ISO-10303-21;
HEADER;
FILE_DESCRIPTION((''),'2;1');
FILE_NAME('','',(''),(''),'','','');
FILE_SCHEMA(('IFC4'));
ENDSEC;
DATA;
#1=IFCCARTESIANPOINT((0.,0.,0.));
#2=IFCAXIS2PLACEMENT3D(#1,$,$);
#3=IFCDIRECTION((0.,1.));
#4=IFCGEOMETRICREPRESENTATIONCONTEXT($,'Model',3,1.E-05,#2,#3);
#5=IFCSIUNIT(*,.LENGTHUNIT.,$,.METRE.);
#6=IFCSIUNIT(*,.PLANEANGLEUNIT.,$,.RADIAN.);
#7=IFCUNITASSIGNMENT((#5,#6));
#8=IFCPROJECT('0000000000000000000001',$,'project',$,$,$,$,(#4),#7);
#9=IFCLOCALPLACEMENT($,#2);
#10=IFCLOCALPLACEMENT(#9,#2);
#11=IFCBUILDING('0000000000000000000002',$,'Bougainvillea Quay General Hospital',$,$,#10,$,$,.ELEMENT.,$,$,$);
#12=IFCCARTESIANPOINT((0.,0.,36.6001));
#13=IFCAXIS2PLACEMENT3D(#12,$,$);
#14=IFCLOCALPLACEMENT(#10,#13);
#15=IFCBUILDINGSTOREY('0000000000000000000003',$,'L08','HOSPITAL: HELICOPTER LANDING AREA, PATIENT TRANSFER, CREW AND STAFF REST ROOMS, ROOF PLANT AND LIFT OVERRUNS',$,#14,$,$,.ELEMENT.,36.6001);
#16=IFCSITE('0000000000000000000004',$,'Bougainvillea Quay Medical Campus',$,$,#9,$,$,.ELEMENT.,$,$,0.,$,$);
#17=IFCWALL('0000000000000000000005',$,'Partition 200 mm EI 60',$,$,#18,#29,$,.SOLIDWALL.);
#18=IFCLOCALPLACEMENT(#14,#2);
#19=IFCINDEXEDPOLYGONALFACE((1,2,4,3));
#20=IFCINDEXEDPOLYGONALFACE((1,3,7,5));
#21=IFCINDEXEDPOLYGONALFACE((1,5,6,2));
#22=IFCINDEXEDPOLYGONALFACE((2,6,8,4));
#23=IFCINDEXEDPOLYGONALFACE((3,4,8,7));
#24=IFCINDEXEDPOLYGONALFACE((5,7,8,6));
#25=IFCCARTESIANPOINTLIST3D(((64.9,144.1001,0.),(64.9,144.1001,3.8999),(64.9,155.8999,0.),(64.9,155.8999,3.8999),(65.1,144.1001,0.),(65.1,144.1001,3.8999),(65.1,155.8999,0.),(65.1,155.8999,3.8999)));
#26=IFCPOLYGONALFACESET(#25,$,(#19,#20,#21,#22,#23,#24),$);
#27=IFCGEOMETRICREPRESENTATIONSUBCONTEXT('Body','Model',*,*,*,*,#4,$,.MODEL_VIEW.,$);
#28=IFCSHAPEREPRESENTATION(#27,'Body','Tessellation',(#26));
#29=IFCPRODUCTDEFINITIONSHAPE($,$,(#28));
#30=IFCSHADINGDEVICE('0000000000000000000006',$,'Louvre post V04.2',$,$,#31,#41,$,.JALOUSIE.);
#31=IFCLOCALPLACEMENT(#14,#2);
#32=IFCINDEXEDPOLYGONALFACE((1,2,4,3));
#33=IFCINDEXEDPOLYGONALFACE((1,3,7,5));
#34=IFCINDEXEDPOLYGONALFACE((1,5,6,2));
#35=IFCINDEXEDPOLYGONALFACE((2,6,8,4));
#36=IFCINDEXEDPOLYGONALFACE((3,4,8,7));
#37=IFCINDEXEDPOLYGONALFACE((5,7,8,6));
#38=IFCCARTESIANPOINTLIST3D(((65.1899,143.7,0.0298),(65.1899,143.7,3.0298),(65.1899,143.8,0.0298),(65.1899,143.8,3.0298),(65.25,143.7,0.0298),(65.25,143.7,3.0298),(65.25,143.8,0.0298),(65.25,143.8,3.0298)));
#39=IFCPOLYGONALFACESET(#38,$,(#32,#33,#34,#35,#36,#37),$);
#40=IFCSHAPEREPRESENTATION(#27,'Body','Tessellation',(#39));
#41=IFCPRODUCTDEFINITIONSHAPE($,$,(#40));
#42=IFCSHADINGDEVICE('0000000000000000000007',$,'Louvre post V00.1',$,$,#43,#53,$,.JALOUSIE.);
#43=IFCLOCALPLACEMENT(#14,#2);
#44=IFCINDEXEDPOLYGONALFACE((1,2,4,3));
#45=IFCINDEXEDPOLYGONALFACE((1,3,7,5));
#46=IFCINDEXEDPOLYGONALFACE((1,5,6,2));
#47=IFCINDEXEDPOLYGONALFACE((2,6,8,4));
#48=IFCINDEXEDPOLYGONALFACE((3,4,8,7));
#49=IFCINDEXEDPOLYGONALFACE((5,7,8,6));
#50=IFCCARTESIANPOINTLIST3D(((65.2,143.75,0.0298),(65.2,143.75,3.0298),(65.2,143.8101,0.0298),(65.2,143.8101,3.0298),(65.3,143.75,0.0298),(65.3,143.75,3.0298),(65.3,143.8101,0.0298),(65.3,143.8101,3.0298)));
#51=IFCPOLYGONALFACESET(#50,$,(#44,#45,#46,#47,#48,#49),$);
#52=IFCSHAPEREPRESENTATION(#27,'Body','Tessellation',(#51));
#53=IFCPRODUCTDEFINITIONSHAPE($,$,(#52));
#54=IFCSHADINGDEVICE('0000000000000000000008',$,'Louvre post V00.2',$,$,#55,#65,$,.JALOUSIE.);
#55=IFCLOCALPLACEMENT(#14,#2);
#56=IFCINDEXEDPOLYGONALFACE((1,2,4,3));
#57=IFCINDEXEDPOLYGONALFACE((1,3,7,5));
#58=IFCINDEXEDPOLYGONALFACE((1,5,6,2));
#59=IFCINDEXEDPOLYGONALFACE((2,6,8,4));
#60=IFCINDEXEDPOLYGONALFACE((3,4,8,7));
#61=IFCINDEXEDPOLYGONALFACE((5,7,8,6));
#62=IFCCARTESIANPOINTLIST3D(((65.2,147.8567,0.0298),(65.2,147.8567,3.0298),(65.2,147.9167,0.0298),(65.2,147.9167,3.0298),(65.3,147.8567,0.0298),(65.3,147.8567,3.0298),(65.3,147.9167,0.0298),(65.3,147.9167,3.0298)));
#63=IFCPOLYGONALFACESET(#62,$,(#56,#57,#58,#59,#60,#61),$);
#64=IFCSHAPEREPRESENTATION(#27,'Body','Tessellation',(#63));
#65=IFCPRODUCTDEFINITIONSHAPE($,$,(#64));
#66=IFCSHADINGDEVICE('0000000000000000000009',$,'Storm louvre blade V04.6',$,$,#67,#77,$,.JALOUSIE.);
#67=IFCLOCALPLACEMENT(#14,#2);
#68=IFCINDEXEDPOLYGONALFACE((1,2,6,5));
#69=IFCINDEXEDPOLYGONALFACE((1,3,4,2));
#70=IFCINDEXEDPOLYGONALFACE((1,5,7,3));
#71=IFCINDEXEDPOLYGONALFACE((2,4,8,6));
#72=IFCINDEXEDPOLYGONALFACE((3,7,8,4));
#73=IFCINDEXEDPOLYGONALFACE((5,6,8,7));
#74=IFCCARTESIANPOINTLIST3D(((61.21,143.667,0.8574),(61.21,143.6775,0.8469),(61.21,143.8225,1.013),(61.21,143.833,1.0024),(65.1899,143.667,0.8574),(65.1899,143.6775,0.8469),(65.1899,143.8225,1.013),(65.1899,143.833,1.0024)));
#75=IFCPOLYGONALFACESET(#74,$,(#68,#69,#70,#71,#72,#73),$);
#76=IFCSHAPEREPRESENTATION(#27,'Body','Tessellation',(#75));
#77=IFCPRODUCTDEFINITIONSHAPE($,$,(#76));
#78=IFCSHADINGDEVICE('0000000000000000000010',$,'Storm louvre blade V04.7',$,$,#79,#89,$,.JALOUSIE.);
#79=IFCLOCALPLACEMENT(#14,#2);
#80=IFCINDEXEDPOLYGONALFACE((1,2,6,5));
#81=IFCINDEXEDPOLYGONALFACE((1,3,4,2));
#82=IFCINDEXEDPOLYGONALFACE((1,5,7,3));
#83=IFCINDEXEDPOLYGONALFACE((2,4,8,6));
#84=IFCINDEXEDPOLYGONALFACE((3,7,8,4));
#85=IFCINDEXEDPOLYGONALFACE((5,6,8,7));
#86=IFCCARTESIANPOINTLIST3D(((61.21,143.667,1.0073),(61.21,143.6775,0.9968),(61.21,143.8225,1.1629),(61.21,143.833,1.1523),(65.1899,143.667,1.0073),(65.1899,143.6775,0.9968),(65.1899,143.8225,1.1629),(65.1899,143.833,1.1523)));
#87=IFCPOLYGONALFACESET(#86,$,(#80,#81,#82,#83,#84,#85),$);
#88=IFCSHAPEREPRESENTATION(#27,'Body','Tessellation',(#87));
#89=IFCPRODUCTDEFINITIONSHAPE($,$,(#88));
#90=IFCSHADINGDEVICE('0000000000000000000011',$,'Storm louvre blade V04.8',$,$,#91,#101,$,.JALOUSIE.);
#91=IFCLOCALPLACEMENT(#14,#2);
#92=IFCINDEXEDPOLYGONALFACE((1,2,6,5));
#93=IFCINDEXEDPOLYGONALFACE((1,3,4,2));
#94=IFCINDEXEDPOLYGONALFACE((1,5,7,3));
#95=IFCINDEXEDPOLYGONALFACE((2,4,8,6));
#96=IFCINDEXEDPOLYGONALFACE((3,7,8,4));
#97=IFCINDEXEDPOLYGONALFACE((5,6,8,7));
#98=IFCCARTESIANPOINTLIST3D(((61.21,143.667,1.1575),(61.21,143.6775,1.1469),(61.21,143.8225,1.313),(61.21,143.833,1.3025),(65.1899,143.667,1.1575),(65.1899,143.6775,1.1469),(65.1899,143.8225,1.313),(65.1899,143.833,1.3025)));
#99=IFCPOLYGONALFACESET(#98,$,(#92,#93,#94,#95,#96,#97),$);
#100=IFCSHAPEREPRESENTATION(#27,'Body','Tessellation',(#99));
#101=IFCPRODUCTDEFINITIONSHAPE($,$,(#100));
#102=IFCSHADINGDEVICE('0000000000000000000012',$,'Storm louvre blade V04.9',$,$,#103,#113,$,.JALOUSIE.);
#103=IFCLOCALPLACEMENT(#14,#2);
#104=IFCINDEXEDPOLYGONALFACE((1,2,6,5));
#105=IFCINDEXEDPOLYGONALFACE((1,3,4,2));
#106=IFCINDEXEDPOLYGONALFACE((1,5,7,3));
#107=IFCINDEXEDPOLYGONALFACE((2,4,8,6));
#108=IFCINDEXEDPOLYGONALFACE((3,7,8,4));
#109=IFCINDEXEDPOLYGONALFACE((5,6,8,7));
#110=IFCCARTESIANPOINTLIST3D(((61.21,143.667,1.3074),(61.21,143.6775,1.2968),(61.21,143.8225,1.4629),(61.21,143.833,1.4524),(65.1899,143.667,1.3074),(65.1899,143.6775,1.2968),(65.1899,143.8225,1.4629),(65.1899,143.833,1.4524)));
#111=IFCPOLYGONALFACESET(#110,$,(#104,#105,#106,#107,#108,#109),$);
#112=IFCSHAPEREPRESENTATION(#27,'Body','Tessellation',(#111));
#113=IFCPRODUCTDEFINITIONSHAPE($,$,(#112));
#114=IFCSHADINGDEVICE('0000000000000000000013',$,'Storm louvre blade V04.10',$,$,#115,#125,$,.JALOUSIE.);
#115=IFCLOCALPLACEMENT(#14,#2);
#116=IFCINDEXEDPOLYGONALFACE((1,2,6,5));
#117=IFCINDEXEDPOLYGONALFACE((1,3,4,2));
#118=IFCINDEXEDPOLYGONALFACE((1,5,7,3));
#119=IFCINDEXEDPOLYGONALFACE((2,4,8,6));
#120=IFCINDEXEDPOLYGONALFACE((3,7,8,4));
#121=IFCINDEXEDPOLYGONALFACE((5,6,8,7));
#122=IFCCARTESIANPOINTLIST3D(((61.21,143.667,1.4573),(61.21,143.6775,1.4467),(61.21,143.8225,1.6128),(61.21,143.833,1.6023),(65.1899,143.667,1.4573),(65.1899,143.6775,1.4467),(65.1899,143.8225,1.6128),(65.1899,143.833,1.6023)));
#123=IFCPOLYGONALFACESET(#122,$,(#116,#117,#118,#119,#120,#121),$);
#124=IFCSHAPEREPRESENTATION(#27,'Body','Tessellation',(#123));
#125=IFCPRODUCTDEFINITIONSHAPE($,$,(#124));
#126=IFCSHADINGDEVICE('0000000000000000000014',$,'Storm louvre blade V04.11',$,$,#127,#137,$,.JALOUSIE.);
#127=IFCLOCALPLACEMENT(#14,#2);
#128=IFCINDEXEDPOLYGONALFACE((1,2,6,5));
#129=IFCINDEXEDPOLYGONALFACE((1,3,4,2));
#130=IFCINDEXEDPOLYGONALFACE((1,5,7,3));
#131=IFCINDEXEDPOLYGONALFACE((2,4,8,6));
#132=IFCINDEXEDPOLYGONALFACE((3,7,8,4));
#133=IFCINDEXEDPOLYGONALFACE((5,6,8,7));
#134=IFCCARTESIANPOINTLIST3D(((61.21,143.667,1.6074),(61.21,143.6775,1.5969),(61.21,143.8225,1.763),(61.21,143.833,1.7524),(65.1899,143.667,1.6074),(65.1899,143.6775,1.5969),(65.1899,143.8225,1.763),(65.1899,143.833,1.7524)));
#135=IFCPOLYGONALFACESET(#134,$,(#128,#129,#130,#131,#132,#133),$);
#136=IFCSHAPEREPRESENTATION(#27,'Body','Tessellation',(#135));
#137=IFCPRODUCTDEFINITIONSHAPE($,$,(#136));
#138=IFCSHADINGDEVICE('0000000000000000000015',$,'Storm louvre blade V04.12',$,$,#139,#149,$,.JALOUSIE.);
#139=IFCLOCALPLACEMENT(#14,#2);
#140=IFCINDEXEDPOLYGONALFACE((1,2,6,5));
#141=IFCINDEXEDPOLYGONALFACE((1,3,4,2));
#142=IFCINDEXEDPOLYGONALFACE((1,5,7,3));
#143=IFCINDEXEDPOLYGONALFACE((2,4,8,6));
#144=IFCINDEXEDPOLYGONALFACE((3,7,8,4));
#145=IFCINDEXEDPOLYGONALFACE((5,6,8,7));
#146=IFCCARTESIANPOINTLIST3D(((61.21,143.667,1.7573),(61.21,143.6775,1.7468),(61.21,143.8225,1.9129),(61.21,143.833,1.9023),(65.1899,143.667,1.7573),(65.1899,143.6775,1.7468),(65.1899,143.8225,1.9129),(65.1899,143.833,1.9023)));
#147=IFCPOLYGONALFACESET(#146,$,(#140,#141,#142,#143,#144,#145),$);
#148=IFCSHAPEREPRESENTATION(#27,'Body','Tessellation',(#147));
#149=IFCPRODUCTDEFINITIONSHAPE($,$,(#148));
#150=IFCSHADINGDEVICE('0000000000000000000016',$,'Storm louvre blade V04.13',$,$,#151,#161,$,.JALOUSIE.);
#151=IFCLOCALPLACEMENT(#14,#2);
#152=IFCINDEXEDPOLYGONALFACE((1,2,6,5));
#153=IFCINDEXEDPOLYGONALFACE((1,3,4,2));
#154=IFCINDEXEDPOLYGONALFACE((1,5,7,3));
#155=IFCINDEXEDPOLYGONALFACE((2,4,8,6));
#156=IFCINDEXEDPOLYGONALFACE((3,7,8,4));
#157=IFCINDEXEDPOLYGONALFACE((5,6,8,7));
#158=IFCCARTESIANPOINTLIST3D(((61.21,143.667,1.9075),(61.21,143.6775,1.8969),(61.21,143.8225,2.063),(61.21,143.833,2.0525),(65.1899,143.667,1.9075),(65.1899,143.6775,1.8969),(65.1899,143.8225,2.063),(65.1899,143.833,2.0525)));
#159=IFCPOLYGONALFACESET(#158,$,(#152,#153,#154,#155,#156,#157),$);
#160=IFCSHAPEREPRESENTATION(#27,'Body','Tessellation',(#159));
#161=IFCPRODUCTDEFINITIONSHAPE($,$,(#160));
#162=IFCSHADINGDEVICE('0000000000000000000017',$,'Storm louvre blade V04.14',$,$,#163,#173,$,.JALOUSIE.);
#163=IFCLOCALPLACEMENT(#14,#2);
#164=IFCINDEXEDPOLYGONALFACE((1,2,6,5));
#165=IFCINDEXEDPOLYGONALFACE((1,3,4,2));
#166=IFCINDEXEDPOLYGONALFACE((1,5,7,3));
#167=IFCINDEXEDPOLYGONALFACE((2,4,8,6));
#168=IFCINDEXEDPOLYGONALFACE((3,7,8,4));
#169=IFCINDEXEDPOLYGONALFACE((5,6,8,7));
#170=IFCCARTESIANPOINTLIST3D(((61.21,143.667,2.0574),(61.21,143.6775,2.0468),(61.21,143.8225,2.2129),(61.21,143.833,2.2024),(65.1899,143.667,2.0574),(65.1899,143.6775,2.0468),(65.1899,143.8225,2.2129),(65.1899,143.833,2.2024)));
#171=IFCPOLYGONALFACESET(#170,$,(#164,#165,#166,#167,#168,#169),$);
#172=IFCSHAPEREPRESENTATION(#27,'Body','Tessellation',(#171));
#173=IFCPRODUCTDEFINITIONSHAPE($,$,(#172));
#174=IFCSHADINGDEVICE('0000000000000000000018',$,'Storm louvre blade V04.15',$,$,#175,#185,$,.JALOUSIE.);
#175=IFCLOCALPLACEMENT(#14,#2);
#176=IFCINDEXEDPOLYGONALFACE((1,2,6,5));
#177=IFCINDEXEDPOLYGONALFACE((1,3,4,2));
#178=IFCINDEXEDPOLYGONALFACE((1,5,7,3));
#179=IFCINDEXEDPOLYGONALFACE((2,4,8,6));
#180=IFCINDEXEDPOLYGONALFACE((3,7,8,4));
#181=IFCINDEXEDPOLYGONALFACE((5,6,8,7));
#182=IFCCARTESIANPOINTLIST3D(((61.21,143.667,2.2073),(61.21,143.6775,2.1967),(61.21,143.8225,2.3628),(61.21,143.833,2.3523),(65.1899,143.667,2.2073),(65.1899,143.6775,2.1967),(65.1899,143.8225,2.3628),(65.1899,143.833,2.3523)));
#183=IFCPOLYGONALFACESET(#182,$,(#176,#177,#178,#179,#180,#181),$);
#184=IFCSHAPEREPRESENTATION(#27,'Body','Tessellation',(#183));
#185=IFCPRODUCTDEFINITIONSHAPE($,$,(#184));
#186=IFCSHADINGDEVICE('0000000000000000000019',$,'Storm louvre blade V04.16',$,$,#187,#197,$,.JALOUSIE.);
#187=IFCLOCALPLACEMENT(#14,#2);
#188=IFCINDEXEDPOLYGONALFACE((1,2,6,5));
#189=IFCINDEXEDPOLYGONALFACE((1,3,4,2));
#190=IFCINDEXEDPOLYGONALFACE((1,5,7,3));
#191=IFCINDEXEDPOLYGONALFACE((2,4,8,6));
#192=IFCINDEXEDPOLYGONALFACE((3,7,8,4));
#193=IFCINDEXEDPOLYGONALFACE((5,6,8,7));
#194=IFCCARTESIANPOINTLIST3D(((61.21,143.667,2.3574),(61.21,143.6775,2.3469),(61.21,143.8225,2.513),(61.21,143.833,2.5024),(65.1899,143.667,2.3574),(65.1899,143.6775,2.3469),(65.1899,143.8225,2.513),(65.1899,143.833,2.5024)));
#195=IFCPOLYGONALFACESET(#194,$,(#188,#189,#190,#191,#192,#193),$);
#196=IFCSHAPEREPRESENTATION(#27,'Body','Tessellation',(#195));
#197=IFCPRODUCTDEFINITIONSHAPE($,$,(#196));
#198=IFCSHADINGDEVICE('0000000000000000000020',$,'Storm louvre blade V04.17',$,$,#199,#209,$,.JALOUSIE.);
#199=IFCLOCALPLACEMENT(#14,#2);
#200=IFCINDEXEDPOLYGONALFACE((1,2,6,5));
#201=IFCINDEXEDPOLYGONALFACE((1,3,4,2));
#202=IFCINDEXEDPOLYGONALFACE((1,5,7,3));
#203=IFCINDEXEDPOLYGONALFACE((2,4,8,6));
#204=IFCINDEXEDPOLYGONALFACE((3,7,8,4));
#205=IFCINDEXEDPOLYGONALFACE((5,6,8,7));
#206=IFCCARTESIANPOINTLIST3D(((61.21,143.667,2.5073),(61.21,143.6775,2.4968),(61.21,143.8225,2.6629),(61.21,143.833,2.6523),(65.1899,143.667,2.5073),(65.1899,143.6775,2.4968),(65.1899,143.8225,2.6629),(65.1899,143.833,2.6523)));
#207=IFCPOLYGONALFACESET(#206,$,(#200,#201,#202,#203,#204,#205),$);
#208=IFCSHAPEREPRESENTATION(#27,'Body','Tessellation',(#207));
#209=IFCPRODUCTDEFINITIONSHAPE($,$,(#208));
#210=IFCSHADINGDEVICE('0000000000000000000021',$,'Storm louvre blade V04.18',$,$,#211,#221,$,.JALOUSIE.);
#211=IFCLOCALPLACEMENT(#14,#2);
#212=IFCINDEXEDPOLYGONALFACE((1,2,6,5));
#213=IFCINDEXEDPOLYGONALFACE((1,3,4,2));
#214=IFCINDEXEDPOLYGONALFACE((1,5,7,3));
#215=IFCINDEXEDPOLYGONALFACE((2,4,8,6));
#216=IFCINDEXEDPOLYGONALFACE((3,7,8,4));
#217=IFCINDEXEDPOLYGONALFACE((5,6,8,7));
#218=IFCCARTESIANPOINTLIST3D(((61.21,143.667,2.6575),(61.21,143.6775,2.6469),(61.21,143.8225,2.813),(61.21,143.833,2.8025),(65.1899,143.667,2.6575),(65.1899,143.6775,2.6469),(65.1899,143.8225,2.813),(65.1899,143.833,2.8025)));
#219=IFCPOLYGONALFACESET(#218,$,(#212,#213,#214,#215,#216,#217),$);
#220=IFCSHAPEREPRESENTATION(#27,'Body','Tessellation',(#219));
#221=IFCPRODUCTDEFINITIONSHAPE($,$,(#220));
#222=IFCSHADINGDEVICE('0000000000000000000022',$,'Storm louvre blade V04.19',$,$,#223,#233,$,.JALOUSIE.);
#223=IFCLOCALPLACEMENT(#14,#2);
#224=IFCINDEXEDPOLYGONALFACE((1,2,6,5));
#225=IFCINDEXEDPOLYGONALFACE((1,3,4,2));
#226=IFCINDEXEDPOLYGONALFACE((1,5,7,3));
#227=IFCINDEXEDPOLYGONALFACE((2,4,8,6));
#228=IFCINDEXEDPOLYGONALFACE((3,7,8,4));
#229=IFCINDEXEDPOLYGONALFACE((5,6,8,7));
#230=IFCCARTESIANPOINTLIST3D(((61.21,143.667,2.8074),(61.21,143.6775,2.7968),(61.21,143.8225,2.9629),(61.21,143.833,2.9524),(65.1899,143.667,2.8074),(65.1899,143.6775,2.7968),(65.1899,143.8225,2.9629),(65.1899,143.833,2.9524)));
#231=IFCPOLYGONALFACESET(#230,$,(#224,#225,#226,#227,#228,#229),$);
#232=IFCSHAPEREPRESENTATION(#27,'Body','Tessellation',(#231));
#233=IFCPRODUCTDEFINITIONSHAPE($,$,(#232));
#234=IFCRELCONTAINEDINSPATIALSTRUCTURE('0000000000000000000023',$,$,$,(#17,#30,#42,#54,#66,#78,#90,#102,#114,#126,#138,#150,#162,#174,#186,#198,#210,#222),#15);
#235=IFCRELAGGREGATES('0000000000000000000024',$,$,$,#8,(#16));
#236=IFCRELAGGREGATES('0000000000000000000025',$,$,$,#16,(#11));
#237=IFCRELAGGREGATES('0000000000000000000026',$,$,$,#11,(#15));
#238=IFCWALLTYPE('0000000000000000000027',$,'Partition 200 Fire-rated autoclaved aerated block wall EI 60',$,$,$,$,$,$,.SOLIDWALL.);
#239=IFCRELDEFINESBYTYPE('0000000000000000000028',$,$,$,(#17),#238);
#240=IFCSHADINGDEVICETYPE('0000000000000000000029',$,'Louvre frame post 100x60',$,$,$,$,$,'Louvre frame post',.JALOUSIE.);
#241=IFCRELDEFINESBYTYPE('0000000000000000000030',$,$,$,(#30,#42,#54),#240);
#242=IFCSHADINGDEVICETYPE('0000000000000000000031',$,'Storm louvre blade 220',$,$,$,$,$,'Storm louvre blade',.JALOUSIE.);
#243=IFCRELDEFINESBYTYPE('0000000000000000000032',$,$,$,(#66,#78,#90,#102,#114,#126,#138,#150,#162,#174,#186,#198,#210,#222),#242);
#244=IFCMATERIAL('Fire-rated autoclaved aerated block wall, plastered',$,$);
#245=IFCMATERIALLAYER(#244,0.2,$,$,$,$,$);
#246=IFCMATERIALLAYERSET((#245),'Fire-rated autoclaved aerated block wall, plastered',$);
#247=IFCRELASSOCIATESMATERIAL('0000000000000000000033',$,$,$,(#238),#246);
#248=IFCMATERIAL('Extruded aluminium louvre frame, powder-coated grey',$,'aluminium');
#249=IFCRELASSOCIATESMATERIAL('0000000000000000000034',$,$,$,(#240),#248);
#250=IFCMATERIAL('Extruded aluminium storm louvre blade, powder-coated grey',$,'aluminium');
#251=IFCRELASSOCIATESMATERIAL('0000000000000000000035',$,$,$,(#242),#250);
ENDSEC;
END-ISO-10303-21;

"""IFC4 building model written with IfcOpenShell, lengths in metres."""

from ifc_helpers import new_model, si_unit, direction, frame, frame_2d, origin, origin_2d, place, context, subcontext, project, spatial, rectangle, extrude, material, layer, layer_set, material_profile, profile_set, type_object, element, save


model = new_model("IFC4")

# Units and contexts
model_context = context("Model", 3, precision=1e-05, world=origin(), true_north=direction((0.0, 1.0)))
body_context = subcontext(model_context, "Body", "Model", "MODEL_VIEW")
ifc_project = project(units=[si_unit("LENGTHUNIT", "METRE"), si_unit("PLANEANGLEUNIT", "RADIAN")], contexts=[model_context])

# Site, building, storey
site_placement = place(None, origin())
site = spatial("IfcSite", under=ifc_project, at=site_placement, Name="Bougainvillea Quay Medical Campus", CompositionType="ELEMENT", RefElevation=0.0)
building_placement = place(site_placement, origin())
building = spatial("IfcBuilding", under=site, at=building_placement, Name="Bougainvillea Quay General Hospital", CompositionType="ELEMENT")
storey_placement = place(building_placement, frame((0.0, 0.0, 36.6001)))
storey = spatial("IfcBuildingStorey", under=building, at=storey_placement, Name="L08", Description="HOSPITAL: HELICOPTER LANDING AREA, PATIENT TRANSFER, CREW AND STAFF REST ROOMS, ROOF PLANT AND LIFT OVERRUNS", CompositionType="ELEMENT", Elevation=36.6001)

# Wall
ifc_material_1 = material(Name="Fire-rated autoclaved aerated block wall, plastered")
ifc_layer = layer(ifc_material_1, 0.2)
ifc_layer_set = layer_set([ifc_layer], Name="Fire-rated autoclaved aerated block wall, plastered")
wall_type = type_object("IfcWallType", Name="Partition 200 Fire-rated autoclaved aerated block wall EI 60", PredefinedType="SOLIDWALL", material=ifc_layer_set)
wall_placement = place(storey_placement, frame((65.0, 144.1001, 0.0), z_axis=(0.0, 0.0, 1.0), x_axis=(0.0, 1.0, 0.0)))
element("IfcWall", 1, at=wall_placement, inside=storey, type_object=wall_type, Name="Partition 200 mm EI 60", PredefinedType="SOLIDWALL", context=body_context, shape_type="SweptSolid", body=[
    extrude(rectangle(XDim=11.7998, YDim=0.2, at=frame_2d((5.8999, 0.0))), origin(), (0.0, 0.0, 1.0), 3.8999),
])

# Shading devices
ifc_material_2 = material(Name="Extruded aluminium louvre frame, powder-coated grey", Category="aluminium")
ifc_material_profile_1 = material_profile(ifc_material_2, rectangle(XDim=0.1001, YDim=0.0601, at=origin_2d()))
ifc_profile_set_1 = profile_set([ifc_material_profile_1], Name="Extruded aluminium louvre frame, powder-coated grey")
shading_device_type_1 = type_object("IfcShadingDeviceType", Name="Louvre frame post 100x60", ElementType="Louvre frame post", PredefinedType="JALOUSIE", material=ifc_profile_set_1)
for number, where, z_axis, x_axis, name in (
    (2, (65.22, 143.75, 0.0298), (0.0, 0.0, 1.0), (0.0, 1.0, 0.0), "Louvre post V04.2"),
    (3, (65.25, 143.78, 0.0298), (0.0, 0.0, 1.0), (-1.0, 0.0, 0.0), "Louvre post V00.1"),
    (4, (65.25, 147.8867, 0.0298), (0.0, 0.0, 1.0), (-1.0, 0.0, 0.0), "Louvre post V00.2"),
):
    element("IfcShadingDevice", number, at=place(storey_placement, frame(where, z_axis=z_axis, x_axis=x_axis)), inside=storey, type_object=shading_device_type_1, Name=name, PredefinedType="JALOUSIE", context=body_context, shape_type="SweptSolid", body=[
        extrude(rectangle(XDim=0.1001, YDim=0.0601, at=origin_2d()), origin(), (0.0, 0.0, 1.0), 3.0),
    ])
ifc_material_3 = material(Name="Extruded aluminium storm louvre blade, powder-coated grey", Category="aluminium")
ifc_material_profile_2 = material_profile(ifc_material_3, rectangle(XDim=0.22, YDim=0.0149, at=origin_2d()))
ifc_profile_set_2 = profile_set([ifc_material_profile_2], Name="Extruded aluminium storm louvre blade, powder-coated grey")
shading_device_type_2 = type_object("IfcShadingDeviceType", Name="Storm louvre blade 220", ElementType="Storm louvre blade", PredefinedType="JALOUSIE", material=ifc_profile_set_2)
for number, where, z_axis, x_axis, name in (
    (5, (61.21, 143.75, 0.9299), (1.0, 0.0, 0.0), (0.0, 0.707107, 0.707107), "Storm louvre blade V04.6"),
    (6, (61.21, 143.75, 1.0798), (1.0, 0.0, 0.0), (0.0, 0.707107, 0.707107), "Storm louvre blade V04.7"),
    (7, (61.21, 143.75, 1.23), (1.0, 0.0, 0.0), (0.0, 0.707107, 0.707107), "Storm louvre blade V04.8"),
    (8, (61.21, 143.75, 1.3799), (1.0, 0.0, 0.0), (0.0, 0.707107, 0.707107), "Storm louvre blade V04.9"),
    (9, (61.21, 143.75, 1.5298), (1.0, 0.0, 0.0), (0.0, 0.707107, 0.707107), "Storm louvre blade V04.10"),
    (10, (61.21, 143.75, 1.6799), (1.0, 0.0, 0.0), (0.0, 0.707107, 0.707107), "Storm louvre blade V04.11"),
    (11, (61.21, 143.75, 1.8298), (1.0, 0.0, 0.0), (0.0, 0.707107, 0.707107), "Storm louvre blade V04.12"),
    (12, (61.21, 143.75, 1.98), (1.0, 0.0, 0.0), (0.0, 0.707107, 0.707107), "Storm louvre blade V04.13"),
    (13, (61.21, 143.75, 2.1299), (1.0, 0.0, 0.0), (0.0, 0.707107, 0.707107), "Storm louvre blade V04.14"),
    (14, (61.21, 143.75, 2.2798), (1.0, 0.0, 0.0), (0.0, 0.707107, 0.707107), "Storm louvre blade V04.15"),
    (15, (61.21, 143.75, 2.4299), (1.0, 0.0, 0.0), (0.0, 0.707107, 0.707107), "Storm louvre blade V04.16"),
    (16, (61.21, 143.75, 2.5798), (1.0, 0.0, 0.0), (0.0, 0.707107, 0.707107), "Storm louvre blade V04.17"),
    (17, (61.21, 143.75, 2.73), (1.0, 0.0, 0.0), (0.0, 0.707107, 0.707107), "Storm louvre blade V04.18"),
    (18, (61.21, 143.75, 2.8799), (1.0, 0.0, 0.0), (0.0, 0.707107, 0.707107), "Storm louvre blade V04.19"),
):
    element("IfcShadingDevice", number, at=place(storey_placement, frame(where, z_axis=z_axis, x_axis=x_axis)), inside=storey, type_object=shading_device_type_2, Name=name, PredefinedType="JALOUSIE", context=body_context, shape_type="SweptSolid", body=[
        extrude(rectangle(XDim=0.22, YDim=0.0149, at=origin_2d()), origin(), (0.0, 0.0, 1.0), 3.98),
    ])

save(model, "model.ifc")
